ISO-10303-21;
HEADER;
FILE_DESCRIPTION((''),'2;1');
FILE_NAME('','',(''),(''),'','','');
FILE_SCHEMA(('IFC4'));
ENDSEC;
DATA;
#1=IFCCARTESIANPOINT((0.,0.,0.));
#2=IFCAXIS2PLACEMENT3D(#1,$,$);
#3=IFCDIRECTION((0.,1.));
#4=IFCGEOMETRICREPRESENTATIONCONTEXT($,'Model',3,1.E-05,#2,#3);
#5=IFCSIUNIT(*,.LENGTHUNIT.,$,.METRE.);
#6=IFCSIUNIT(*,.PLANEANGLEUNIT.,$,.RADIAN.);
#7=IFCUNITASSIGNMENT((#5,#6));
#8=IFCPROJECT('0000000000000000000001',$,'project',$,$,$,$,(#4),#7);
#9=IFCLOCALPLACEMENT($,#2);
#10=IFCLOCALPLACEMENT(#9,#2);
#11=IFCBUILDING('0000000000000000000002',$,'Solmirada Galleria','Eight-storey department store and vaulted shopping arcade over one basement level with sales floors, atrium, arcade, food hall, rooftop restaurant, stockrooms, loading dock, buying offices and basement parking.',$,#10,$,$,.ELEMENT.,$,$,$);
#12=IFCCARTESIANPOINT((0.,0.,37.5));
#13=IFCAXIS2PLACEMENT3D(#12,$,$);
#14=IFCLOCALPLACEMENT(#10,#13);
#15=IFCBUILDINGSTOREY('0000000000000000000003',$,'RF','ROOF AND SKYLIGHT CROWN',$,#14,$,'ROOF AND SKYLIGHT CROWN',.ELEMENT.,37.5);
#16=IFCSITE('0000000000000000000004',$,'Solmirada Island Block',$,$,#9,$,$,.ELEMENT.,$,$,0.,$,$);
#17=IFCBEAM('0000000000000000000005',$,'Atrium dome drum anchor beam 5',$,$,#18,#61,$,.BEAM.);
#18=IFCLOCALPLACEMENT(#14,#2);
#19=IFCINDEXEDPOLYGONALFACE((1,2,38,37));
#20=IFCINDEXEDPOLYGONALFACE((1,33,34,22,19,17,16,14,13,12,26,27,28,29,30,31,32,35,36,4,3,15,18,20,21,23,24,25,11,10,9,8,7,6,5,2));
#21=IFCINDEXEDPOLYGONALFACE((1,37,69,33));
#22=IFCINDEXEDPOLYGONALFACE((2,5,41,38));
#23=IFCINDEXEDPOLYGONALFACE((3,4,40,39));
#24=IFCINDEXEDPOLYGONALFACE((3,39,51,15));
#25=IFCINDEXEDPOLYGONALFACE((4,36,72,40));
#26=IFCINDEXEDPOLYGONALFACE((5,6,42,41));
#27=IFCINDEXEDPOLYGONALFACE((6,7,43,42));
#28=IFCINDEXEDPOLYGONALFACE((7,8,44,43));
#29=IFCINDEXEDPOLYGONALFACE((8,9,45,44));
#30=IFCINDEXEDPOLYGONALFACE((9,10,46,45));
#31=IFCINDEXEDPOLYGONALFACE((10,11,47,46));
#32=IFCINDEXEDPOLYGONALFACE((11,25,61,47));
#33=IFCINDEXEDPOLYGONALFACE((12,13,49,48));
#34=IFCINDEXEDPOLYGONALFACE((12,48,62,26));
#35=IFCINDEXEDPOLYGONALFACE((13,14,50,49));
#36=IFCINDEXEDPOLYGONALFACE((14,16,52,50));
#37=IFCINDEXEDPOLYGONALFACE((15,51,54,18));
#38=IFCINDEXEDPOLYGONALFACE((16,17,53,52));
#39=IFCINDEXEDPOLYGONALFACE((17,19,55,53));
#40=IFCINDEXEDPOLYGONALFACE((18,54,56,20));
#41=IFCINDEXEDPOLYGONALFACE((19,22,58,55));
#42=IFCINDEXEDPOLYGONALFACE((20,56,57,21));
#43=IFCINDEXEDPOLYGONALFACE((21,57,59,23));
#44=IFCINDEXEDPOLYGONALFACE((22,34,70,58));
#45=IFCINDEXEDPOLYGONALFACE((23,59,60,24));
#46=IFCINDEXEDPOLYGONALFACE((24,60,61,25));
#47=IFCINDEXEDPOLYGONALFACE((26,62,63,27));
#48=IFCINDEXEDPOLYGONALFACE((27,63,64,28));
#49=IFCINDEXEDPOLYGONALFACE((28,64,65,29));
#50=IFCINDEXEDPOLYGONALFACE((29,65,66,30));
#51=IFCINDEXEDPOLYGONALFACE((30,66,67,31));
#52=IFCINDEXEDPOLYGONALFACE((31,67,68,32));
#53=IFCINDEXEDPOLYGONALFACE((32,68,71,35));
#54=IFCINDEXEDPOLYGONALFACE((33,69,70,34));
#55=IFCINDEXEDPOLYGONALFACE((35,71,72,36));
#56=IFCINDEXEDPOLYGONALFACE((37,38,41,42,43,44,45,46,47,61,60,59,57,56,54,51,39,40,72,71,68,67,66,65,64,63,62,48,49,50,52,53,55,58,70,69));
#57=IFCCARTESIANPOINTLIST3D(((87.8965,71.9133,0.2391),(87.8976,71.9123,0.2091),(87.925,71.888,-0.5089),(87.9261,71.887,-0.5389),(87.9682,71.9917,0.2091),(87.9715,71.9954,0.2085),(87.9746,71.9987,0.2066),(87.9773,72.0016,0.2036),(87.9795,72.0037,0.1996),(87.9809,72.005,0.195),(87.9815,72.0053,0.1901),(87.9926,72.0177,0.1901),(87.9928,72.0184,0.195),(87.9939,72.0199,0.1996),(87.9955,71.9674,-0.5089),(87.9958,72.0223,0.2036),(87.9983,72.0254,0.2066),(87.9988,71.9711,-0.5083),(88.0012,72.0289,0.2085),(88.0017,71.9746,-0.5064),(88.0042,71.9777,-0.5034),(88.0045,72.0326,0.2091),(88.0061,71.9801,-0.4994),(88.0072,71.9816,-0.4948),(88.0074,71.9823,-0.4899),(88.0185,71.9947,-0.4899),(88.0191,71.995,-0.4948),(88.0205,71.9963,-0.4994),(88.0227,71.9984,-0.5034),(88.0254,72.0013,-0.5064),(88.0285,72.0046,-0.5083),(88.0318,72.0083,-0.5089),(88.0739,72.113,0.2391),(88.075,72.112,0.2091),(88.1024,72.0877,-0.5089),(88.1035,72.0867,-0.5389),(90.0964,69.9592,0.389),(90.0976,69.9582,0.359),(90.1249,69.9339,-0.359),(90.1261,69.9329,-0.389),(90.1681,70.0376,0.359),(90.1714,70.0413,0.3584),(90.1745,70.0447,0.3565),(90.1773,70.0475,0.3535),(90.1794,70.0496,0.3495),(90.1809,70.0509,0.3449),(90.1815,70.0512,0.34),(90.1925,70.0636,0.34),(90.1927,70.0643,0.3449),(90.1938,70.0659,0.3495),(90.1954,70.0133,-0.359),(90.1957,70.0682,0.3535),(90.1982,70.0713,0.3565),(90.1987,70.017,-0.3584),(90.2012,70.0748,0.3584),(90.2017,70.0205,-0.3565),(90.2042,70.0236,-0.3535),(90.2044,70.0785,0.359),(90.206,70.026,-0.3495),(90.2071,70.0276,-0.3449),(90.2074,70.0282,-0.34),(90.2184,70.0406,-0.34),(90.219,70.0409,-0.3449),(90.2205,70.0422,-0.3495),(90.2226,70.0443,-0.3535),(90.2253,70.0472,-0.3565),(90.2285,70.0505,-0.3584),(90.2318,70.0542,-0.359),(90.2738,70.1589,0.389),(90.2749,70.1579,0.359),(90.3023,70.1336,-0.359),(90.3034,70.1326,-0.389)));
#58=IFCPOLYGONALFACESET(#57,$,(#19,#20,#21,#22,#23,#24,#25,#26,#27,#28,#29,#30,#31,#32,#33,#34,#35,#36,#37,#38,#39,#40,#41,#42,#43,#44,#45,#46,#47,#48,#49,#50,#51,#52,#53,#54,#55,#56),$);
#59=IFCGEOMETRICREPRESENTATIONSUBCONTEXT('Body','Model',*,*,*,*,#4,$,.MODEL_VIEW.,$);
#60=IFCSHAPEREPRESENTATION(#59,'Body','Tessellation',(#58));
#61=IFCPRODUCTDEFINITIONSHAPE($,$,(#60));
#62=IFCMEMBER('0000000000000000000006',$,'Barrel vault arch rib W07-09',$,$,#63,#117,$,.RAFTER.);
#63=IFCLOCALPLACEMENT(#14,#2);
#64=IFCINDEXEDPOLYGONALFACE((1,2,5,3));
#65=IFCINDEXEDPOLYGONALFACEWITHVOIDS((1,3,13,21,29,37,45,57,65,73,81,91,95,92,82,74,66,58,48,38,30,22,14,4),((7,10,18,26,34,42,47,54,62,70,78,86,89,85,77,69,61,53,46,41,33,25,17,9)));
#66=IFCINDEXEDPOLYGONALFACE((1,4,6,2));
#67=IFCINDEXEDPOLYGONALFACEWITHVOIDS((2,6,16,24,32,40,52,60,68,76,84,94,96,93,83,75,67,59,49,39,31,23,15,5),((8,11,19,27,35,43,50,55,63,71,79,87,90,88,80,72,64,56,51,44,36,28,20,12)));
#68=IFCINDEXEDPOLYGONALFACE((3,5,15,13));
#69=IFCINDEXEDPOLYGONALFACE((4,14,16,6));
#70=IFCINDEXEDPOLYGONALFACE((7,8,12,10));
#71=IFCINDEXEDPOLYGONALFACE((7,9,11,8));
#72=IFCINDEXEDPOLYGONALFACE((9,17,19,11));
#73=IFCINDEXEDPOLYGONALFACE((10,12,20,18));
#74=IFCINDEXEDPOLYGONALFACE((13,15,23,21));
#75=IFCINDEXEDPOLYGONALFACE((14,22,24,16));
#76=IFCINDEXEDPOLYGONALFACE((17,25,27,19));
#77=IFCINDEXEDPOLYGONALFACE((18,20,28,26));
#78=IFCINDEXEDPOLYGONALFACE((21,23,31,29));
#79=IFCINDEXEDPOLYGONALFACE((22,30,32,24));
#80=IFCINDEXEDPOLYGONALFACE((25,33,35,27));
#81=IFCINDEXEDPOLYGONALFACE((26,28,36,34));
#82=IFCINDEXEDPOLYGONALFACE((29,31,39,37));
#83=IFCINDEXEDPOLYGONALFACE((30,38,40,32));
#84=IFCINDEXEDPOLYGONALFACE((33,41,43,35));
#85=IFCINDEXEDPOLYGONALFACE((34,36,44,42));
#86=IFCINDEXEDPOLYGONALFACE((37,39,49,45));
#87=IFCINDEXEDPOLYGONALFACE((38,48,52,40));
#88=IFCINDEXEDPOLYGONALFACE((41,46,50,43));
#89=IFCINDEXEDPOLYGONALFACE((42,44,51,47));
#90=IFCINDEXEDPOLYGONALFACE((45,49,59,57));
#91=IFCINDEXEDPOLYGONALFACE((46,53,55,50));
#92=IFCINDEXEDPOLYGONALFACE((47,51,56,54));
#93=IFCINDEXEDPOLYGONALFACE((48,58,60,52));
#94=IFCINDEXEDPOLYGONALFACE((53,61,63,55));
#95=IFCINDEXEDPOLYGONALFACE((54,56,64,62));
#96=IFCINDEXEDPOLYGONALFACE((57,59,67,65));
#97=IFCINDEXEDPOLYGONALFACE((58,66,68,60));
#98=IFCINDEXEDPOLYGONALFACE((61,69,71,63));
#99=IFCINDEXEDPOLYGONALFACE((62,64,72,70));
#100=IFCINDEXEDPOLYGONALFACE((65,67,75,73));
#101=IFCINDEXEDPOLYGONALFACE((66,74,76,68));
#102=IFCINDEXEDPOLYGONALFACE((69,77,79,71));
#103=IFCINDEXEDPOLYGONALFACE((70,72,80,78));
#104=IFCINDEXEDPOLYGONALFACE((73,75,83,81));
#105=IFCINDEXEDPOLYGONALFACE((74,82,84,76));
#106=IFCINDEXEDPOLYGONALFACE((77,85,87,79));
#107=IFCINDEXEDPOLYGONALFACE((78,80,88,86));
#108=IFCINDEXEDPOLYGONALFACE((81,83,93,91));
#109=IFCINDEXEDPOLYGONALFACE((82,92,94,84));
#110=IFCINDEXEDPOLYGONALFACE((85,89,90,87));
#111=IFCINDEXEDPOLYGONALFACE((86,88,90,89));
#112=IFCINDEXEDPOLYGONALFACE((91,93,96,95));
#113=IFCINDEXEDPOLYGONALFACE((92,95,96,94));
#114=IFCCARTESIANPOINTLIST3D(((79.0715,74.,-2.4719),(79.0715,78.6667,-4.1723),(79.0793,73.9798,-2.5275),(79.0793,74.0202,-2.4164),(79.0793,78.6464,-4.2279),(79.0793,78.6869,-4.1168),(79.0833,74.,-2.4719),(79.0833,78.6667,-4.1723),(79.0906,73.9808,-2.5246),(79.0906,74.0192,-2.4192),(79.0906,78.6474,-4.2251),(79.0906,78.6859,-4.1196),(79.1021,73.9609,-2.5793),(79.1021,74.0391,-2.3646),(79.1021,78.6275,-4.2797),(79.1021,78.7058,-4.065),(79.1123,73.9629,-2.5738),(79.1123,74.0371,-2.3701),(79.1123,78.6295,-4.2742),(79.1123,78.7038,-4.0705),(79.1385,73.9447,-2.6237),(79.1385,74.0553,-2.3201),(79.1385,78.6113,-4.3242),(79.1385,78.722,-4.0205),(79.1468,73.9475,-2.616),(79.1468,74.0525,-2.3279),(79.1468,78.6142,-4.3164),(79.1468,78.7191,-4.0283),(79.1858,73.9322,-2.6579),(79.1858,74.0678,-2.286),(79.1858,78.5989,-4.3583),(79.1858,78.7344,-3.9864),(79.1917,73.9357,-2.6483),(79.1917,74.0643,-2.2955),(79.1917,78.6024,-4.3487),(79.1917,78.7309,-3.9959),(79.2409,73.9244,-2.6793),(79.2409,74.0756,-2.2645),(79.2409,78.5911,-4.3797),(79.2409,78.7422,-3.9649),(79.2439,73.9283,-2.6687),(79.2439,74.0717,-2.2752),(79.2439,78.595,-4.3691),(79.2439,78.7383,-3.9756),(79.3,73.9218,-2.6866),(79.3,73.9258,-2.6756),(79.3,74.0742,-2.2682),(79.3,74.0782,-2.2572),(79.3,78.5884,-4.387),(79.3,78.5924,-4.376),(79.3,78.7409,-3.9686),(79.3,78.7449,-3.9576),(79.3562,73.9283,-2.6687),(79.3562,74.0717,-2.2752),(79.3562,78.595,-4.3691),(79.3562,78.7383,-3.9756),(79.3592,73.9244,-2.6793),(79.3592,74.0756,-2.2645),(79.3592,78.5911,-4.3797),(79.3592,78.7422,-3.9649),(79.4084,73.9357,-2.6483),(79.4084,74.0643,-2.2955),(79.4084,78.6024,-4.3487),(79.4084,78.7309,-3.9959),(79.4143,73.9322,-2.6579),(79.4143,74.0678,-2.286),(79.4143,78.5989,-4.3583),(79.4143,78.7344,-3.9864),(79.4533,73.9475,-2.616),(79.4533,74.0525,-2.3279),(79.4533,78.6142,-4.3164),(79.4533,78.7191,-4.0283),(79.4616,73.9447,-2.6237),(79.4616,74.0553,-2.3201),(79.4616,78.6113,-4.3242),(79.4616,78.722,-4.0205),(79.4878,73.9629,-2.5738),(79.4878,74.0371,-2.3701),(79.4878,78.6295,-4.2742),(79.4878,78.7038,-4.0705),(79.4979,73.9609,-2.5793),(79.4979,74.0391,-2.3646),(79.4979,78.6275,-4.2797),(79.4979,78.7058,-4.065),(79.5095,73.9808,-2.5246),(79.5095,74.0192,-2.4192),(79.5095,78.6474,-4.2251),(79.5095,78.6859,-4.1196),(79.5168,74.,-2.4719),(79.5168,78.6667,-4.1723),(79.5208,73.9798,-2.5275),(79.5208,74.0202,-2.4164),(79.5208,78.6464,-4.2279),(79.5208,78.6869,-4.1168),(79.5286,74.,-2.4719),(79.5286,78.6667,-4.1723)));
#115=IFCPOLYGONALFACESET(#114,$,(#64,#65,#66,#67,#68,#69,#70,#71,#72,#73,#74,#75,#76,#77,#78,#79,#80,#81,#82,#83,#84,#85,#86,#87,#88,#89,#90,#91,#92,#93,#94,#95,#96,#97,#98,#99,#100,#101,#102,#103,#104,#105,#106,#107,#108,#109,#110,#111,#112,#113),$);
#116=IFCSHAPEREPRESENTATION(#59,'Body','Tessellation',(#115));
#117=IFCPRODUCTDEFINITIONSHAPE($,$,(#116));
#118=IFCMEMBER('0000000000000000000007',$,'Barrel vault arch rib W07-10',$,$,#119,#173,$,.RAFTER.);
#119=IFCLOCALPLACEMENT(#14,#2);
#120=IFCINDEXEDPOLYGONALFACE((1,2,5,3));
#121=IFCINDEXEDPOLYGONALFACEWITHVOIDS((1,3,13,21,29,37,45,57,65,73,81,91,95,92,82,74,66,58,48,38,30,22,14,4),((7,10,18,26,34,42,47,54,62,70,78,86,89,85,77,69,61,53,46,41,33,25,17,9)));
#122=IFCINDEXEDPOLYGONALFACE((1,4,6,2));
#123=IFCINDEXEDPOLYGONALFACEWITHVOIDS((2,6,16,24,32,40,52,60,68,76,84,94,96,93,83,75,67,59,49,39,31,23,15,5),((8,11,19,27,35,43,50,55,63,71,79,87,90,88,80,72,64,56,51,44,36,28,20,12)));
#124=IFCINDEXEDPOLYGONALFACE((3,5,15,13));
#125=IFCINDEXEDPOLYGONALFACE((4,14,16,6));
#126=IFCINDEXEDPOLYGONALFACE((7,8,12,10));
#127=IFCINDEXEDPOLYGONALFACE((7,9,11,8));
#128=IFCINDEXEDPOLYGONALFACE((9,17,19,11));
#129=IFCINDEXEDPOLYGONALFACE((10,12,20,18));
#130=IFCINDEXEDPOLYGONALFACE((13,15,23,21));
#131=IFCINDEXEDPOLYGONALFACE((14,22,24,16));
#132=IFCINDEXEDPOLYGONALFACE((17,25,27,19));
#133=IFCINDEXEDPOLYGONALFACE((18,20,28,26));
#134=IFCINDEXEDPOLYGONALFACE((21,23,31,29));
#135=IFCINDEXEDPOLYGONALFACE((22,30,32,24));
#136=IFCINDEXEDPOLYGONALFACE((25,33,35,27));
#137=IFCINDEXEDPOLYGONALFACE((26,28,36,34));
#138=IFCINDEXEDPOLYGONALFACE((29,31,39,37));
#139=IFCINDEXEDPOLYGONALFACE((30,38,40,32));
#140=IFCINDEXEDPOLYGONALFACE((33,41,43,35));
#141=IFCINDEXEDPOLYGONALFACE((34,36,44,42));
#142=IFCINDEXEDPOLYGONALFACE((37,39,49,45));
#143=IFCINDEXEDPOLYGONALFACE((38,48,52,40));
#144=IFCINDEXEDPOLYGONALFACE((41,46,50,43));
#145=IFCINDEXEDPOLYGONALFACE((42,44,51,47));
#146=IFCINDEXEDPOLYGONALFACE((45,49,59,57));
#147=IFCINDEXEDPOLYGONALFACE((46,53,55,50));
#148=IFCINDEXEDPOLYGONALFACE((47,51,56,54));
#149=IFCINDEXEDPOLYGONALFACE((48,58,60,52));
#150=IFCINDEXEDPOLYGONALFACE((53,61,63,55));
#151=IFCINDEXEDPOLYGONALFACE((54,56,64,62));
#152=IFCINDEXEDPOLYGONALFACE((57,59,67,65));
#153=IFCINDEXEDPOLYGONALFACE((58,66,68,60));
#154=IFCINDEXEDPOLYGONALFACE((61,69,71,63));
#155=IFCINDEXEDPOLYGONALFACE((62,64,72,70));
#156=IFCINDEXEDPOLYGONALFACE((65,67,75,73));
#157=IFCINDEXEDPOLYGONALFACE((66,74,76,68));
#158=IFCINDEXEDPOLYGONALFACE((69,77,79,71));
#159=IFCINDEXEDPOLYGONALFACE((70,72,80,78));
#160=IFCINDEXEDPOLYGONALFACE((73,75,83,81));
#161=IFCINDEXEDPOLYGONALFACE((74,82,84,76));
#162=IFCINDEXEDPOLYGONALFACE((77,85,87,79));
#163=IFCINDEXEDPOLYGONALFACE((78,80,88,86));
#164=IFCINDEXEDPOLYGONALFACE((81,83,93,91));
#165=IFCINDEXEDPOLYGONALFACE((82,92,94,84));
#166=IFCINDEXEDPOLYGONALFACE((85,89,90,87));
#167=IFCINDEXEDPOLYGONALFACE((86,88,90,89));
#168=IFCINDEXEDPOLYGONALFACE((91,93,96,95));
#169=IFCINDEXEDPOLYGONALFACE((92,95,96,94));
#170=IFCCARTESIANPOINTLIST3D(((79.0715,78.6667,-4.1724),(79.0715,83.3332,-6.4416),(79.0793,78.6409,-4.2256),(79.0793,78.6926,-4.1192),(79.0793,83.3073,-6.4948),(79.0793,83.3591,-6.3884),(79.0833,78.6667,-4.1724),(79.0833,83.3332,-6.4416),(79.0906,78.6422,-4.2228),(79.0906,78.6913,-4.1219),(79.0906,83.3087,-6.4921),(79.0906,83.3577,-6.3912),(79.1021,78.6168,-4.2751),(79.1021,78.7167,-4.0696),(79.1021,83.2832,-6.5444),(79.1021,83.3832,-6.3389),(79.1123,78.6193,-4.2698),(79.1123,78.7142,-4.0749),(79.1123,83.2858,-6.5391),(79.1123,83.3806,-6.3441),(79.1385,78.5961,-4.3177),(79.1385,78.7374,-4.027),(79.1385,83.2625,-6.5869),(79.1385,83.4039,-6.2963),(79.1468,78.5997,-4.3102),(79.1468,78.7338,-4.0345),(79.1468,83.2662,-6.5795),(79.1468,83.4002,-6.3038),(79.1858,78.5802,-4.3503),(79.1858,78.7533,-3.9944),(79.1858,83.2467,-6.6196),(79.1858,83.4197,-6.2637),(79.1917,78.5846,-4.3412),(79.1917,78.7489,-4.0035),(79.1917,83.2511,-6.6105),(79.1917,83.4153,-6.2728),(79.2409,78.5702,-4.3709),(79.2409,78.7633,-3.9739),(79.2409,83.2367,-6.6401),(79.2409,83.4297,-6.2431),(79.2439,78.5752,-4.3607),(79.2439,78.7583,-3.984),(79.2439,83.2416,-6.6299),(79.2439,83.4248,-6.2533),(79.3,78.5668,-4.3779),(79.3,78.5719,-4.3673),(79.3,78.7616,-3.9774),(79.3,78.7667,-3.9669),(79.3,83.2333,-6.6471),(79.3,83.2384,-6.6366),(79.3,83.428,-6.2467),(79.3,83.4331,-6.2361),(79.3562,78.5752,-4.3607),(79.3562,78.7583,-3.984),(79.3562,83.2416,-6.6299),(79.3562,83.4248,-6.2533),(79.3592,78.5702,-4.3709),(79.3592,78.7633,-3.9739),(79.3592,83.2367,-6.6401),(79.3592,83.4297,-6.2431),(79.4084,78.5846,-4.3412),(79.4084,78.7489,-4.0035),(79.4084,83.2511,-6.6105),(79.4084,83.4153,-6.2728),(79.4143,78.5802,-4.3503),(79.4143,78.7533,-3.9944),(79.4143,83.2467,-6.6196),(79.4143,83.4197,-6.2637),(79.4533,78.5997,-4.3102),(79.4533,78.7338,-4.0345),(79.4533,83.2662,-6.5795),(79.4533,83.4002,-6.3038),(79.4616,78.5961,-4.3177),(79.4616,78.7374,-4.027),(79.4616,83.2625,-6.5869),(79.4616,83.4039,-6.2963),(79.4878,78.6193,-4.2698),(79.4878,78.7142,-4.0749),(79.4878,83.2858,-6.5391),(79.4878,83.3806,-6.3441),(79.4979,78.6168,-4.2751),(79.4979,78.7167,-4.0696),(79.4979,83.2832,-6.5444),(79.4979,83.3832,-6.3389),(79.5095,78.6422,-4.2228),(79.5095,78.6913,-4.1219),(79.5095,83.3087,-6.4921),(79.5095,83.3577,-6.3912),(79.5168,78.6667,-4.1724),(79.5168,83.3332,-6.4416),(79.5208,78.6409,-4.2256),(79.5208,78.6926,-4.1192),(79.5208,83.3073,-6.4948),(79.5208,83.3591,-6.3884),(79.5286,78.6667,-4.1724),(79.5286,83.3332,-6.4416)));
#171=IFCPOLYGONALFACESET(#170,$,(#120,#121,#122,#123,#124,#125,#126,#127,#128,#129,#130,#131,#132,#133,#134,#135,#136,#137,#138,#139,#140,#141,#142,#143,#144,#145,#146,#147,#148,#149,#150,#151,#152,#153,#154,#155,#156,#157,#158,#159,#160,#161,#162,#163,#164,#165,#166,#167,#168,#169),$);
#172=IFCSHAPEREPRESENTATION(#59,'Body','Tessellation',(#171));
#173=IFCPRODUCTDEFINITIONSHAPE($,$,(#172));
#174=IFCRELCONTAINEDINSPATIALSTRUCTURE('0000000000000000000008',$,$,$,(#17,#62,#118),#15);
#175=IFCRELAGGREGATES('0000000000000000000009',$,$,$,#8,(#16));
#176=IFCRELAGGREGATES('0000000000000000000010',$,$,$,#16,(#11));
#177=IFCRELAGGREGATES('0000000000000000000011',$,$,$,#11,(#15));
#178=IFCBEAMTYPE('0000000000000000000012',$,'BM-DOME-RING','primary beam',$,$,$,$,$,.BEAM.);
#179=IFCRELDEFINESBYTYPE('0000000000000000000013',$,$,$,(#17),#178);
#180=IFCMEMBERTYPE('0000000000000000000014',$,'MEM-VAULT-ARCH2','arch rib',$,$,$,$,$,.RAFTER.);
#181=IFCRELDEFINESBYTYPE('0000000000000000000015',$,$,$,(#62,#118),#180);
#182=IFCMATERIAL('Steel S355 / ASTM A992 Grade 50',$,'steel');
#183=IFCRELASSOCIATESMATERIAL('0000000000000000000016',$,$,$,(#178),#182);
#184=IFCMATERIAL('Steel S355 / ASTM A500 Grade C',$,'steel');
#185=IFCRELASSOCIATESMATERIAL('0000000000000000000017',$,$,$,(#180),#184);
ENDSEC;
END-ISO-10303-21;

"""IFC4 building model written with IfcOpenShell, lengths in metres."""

from ifc_helpers import new_model, si_unit, direction, frame, origin, origin_2d, place, context, subcontext, project, spatial, hollow_circle, i_section, extrude, material, material_profile, profile_set, type_object, element, save


model = new_model("IFC4")

# Units and contexts
model_context = context("Model", 3, precision=1e-05, world=origin(), true_north=direction((0.0, 1.0)))
body_context = subcontext(model_context, "Body", "Model", "MODEL_VIEW")
ifc_project = project(units=[si_unit("LENGTHUNIT", "METRE"), si_unit("PLANEANGLEUNIT", "RADIAN")], contexts=[model_context])

# Site, building, storey
site_placement = place(None, origin())
site = spatial("IfcSite", under=ifc_project, at=site_placement, Name="Solmirada Island Block", CompositionType="ELEMENT", RefElevation=0.0)
building_placement = place(site_placement, origin())
building = spatial("IfcBuilding", under=site, at=building_placement, Name="Solmirada Galleria", Description="Eight-storey department store and vaulted shopping arcade over one basement level with sales floors, atrium, arcade, food hall, rooftop restaurant, stockrooms, loading dock, buying offices and basement parking.", CompositionType="ELEMENT")
storey_placement = place(building_placement, frame((0.0, 0.0, 37.5)))
storey = spatial("IfcBuildingStorey", under=building, at=storey_placement, Name="RF", Description="ROOF AND SKYLIGHT CROWN", LongName="ROOF AND SKYLIGHT CROWN", CompositionType="ELEMENT", Elevation=37.5)

# Beam
ifc_material_1 = material(Name="Steel S355 / ASTM A992 Grade 50", Category="steel")
ifc_material_profile_1 = material_profile(ifc_material_1, i_section(OverallWidth=0.2671, OverallDepth=0.7791, WebThickness=0.0166, FlangeThickness=0.03, FilletRadius=0.019, at=origin_2d()), Name="W30X148")
ifc_profile_set_1 = profile_set([ifc_material_profile_1], Name="Steel S355 / ASTM A992 Grade 50")
beam_type = type_object("IfcBeamType", Name="BM-DOME-RING", Description="primary beam", PredefinedType="BEAM", material=ifc_profile_set_1)
beam_placement = place(storey_placement, frame((88.0, 72.0, -0.1499), z_axis=(0.746679, -0.663236, 0.050878), x_axis=(0.664096, 0.747647, 0.0)))
element("IfcBeam", 1, at=beam_placement, inside=storey, type_object=beam_type, Name="Atrium dome drum anchor beam 5", PredefinedType="BEAM", context=body_context, shape_type="SweptSolid", body=[
    extrude(i_section(OverallWidth=0.2671, OverallDepth=0.7791, WebThickness=0.0166, FlangeThickness=0.03, FilletRadius=0.019, at=origin_2d()), origin(), (0.0, 0.0, 1.0), 2.9463),
])

# Members
ifc_material_2 = material(Name="Steel S355 / ASTM A500 Grade C", Category="steel")
ifc_material_profile_2 = material_profile(ifc_material_2, hollow_circle(Radius=0.2285, WallThickness=0.0117, at=origin_2d()), Name="HSS18.000X0.500")
ifc_profile_set_2 = profile_set([ifc_material_profile_2], Name="Steel S355 / ASTM A500 Grade C")
member_type_1 = type_object("IfcMemberType", Name="MEM-VAULT-ARCH2", Description="arch rib", PredefinedType="RAFTER", material=ifc_profile_set_2)
member_1_placement = place(storey_placement, frame((79.3, 74.0, -2.4719), z_axis=(0.0, 0.939571, -0.342355), x_axis=(-1.0, 0.0, 0.0)))
element("IfcMember", 2, at=member_1_placement, inside=storey, type_object=member_type_1, Name="Barrel vault arch rib W07-09", PredefinedType="RAFTER", context=body_context, shape_type="SweptSolid", body=[
    extrude(hollow_circle(Radius=0.2285, WallThickness=0.0117, at=origin_2d()), origin(), (0.0, 0.0, 1.0), 4.9668),
])
member_2_placement = place(storey_placement, frame((79.3, 78.6667, -4.1724), z_axis=(0.0, 0.899304, -0.437325), x_axis=(-1.0, 0.0, 0.0)))
element("IfcMember", 3, at=member_2_placement, inside=storey, type_object=member_type_1, Name="Barrel vault arch rib W07-10", PredefinedType="RAFTER", context=body_context, shape_type="SweptSolid", body=[
    extrude(hollow_circle(Radius=0.2285, WallThickness=0.0117, at=origin_2d()), origin(), (0.0, 0.0, 1.0), 5.189),
])

save(model, "model.ifc")
